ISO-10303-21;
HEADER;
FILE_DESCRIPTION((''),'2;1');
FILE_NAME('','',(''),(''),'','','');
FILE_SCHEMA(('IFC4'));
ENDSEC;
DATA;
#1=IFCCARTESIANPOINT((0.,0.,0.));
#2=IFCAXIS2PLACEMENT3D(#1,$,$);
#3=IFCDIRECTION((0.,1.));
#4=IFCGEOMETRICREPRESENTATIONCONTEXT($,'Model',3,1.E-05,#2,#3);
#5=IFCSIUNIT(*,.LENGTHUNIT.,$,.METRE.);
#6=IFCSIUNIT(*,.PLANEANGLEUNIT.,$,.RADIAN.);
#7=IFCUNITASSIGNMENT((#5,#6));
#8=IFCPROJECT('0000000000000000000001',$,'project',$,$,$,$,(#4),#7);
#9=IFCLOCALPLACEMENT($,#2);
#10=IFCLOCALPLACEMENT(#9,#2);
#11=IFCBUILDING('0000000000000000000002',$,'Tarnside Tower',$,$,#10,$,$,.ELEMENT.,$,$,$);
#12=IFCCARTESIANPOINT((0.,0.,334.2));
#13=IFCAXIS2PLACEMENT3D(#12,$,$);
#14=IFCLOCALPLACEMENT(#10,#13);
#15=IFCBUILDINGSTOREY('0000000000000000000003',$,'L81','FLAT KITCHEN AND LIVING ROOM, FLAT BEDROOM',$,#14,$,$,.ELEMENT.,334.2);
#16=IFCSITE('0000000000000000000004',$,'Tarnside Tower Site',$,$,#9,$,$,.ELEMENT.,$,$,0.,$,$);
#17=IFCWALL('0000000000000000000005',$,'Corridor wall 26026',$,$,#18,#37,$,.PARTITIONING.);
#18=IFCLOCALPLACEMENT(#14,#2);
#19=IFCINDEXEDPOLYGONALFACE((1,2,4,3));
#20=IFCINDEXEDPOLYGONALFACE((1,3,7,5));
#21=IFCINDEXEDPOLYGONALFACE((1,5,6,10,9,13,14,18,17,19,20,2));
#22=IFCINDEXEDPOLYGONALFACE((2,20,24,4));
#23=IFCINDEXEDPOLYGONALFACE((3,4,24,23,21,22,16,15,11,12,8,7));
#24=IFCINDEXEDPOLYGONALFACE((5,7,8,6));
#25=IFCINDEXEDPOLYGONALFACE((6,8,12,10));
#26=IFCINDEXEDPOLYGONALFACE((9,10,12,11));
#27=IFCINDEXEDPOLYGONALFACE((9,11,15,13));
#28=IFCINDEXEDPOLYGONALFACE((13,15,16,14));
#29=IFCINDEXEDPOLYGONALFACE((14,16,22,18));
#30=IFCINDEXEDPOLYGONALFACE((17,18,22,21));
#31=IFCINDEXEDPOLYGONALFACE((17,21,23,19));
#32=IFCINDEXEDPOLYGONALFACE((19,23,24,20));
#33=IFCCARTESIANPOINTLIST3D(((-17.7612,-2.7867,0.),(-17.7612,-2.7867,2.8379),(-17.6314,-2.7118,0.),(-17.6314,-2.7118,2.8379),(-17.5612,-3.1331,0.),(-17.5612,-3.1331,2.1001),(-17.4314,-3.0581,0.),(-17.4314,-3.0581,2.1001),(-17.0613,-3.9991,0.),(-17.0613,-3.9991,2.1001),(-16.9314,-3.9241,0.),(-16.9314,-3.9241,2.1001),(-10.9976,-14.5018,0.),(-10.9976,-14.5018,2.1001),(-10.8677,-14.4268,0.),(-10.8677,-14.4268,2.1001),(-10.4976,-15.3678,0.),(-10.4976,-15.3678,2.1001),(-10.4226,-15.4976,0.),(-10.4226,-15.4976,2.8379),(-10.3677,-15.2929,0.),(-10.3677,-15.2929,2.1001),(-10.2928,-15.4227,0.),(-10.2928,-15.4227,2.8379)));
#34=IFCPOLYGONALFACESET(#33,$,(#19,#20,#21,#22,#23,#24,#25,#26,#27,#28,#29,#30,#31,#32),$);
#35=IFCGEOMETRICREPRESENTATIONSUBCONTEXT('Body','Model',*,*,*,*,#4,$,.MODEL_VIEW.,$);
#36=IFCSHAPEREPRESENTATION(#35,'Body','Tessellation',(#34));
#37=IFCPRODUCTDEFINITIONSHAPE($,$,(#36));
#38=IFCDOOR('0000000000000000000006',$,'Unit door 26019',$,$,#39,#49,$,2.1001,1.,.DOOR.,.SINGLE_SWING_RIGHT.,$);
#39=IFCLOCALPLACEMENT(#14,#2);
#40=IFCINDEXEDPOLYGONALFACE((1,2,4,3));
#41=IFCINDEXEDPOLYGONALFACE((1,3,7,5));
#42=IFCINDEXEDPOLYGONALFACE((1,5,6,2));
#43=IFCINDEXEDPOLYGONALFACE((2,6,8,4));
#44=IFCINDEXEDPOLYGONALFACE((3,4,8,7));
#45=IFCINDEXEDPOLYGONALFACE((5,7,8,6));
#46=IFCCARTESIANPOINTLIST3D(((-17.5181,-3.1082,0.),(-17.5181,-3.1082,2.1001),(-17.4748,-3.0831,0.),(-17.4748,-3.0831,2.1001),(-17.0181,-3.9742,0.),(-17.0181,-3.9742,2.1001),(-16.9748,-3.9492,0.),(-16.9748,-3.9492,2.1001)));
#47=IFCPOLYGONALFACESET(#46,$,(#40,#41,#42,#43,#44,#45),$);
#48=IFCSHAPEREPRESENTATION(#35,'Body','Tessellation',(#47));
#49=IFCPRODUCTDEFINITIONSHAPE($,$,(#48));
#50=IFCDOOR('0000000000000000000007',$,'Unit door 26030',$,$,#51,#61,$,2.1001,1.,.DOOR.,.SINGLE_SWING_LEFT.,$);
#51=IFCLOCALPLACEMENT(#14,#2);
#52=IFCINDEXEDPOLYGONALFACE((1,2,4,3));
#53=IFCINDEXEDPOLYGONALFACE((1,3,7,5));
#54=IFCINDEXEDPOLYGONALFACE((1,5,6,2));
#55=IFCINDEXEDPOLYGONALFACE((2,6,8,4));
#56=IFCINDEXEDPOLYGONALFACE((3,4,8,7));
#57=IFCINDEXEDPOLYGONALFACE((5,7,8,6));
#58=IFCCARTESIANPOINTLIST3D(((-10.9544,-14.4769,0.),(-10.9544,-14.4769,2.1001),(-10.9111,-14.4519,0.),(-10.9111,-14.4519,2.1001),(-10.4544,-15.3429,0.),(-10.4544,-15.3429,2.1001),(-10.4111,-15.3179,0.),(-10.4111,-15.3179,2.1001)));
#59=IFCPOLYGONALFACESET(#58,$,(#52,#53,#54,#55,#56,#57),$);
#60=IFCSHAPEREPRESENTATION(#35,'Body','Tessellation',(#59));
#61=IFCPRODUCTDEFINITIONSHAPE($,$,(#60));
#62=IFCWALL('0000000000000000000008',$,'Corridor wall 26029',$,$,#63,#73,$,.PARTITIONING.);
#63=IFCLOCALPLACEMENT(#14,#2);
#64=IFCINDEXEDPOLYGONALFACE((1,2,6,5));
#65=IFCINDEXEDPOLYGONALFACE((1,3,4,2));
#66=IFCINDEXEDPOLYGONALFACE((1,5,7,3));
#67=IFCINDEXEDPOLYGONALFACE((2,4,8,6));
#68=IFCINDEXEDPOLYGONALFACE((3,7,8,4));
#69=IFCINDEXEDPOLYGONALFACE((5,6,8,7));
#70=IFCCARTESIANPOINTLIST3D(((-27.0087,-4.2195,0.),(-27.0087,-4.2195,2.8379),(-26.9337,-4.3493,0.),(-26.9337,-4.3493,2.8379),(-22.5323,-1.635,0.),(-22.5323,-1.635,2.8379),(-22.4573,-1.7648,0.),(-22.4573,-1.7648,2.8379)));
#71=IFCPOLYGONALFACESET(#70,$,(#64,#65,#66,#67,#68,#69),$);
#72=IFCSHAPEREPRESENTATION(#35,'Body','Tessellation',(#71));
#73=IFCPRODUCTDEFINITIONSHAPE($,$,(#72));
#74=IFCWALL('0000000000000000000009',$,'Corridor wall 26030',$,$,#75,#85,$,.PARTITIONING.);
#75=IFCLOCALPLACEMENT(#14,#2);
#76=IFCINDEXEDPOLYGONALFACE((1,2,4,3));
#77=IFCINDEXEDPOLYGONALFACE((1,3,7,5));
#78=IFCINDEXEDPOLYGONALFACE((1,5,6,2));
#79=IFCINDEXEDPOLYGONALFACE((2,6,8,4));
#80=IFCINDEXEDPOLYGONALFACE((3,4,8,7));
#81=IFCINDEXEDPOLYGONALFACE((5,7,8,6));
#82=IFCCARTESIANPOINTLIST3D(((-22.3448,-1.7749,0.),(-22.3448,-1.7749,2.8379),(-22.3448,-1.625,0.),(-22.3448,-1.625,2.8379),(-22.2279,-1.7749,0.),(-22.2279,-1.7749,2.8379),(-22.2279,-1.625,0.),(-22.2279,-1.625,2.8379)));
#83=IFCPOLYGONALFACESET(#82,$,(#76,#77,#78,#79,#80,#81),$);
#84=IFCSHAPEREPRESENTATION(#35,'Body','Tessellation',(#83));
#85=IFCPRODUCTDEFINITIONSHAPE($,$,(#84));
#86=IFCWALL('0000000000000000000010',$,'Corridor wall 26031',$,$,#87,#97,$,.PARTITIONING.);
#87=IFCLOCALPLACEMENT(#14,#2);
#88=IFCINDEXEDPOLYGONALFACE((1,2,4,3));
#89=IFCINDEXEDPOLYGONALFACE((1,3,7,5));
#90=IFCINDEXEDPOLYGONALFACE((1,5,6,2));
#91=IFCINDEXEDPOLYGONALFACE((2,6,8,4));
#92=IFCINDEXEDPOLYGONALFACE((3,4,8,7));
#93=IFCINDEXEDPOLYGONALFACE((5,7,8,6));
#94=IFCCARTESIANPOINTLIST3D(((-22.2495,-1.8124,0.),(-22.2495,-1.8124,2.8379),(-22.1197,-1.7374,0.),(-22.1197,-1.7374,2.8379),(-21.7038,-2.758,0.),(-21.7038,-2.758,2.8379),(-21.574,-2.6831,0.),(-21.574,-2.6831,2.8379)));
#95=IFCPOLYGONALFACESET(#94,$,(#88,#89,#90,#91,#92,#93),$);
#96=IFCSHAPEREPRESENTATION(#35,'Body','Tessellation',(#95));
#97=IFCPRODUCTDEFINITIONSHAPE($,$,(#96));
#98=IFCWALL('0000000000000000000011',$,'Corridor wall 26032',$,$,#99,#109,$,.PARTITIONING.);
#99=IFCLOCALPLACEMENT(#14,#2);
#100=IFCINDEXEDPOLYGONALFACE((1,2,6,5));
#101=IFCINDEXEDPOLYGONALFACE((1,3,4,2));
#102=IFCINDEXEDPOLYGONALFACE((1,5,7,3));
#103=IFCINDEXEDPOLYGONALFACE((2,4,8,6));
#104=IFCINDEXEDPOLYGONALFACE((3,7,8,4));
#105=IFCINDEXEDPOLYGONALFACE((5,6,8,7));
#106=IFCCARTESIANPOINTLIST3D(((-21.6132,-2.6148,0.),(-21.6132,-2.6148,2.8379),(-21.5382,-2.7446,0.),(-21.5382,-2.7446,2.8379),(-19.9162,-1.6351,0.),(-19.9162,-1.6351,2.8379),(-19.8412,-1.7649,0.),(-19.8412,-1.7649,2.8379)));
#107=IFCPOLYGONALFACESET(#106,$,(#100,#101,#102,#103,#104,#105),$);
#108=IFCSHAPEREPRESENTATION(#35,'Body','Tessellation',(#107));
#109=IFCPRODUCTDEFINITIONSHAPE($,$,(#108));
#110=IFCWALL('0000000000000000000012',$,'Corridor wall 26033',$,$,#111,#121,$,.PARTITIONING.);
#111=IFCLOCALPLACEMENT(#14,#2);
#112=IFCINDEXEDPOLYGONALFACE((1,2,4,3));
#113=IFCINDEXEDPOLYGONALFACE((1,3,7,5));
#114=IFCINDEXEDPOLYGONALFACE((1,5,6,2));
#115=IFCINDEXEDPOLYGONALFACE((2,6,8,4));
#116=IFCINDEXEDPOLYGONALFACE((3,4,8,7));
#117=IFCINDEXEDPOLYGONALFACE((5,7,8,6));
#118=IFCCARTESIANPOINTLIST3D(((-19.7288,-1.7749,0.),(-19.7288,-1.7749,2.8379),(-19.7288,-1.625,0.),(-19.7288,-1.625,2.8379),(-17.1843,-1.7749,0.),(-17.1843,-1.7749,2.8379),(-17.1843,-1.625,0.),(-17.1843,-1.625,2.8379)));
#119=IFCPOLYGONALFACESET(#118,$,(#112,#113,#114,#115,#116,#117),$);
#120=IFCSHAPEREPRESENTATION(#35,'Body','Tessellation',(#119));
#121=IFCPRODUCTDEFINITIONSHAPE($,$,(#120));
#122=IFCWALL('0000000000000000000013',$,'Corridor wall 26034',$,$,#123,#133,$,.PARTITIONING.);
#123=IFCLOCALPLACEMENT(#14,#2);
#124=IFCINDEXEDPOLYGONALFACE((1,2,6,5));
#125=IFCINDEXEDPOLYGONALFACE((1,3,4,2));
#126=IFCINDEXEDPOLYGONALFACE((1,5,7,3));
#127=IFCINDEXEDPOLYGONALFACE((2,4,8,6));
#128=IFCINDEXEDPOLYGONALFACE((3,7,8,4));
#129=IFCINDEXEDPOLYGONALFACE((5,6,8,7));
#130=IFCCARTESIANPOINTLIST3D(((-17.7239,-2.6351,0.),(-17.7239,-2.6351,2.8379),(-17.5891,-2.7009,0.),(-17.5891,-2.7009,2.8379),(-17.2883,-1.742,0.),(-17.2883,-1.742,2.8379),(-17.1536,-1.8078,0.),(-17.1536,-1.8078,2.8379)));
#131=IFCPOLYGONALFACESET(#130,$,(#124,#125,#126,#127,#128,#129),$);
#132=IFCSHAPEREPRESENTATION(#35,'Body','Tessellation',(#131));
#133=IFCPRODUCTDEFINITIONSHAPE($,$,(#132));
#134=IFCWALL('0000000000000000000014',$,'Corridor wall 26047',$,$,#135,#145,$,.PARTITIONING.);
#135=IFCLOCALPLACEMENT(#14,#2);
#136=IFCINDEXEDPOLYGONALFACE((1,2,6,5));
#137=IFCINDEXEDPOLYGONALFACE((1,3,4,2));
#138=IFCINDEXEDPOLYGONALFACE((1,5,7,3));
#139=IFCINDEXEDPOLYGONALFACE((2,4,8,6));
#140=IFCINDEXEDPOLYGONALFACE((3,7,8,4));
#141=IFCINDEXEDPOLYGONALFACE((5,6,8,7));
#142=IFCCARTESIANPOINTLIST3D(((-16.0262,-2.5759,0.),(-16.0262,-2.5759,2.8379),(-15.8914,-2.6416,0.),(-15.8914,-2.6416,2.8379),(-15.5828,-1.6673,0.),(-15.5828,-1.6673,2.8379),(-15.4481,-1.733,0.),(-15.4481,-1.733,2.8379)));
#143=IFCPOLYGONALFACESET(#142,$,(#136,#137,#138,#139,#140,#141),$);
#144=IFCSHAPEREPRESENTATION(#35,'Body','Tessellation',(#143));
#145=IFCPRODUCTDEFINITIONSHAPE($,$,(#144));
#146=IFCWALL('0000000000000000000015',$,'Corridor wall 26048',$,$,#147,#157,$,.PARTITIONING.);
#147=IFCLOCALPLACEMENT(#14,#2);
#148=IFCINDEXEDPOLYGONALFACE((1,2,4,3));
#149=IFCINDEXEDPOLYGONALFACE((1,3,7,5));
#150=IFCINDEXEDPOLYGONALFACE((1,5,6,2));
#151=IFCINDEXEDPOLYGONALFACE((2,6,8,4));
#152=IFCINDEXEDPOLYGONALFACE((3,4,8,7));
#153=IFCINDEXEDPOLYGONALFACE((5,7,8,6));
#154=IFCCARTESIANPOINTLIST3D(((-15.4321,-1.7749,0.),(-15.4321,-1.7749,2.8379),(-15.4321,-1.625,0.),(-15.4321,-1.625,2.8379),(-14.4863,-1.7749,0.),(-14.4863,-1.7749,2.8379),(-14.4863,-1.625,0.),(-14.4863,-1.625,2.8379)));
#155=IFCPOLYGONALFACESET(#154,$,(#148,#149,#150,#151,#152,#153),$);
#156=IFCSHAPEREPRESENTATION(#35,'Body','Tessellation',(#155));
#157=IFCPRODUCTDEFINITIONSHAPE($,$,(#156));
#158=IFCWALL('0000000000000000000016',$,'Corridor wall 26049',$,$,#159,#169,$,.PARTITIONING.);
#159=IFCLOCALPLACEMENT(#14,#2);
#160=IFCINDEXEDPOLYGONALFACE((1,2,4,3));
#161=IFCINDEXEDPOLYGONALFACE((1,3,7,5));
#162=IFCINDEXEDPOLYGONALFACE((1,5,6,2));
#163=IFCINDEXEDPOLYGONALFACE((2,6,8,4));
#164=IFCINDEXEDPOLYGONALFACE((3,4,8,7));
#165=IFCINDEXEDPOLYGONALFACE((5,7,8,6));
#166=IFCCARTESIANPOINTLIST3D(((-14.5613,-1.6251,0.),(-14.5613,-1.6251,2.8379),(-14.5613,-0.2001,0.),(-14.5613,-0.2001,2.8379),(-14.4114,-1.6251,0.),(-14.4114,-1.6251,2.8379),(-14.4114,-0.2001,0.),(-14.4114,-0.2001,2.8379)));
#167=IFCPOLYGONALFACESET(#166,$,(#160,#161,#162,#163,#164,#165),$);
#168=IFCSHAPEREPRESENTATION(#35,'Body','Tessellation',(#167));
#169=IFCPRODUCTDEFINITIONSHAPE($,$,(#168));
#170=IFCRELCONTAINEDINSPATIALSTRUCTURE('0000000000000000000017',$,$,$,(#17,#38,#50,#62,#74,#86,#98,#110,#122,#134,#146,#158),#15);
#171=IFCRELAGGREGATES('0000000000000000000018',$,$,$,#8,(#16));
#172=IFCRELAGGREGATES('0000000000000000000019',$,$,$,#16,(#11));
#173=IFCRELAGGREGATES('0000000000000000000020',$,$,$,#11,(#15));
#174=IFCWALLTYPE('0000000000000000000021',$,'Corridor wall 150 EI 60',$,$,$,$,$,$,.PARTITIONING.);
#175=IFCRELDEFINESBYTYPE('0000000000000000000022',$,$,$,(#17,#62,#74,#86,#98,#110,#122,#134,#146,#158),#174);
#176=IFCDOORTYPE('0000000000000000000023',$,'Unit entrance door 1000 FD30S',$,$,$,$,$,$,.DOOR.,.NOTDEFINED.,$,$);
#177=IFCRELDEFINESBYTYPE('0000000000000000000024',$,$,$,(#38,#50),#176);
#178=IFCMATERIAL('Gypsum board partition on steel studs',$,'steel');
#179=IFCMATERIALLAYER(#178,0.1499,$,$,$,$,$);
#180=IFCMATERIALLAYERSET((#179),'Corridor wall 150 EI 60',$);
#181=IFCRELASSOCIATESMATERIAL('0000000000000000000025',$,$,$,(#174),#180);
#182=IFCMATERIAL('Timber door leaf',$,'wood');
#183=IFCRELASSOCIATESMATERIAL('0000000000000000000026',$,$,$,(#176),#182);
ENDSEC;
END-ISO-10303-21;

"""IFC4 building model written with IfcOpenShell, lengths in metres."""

from ifc_helpers import new_model, si_unit, direction, frame, frame_2d, origin, place, context, subcontext, project, spatial, rectangle, extrude, material, layer, layer_set, type_object, element, fill, save


model = new_model("IFC4")

# Units and contexts
model_context = context("Model", 3, precision=1e-05, world=origin(), true_north=direction((0.0, 1.0)))
body_context = subcontext(model_context, "Body", "Model", "MODEL_VIEW")
ifc_project = project(units=[si_unit("LENGTHUNIT", "METRE"), si_unit("PLANEANGLEUNIT", "RADIAN")], contexts=[model_context])

# Site, building, storey
site_placement = place(None, origin())
site = spatial("IfcSite", under=ifc_project, at=site_placement, Name="Tarnside Tower Site", CompositionType="ELEMENT", RefElevation=0.0)
building_placement = place(site_placement, origin())
building = spatial("IfcBuilding", under=site, at=building_placement, Name="Tarnside Tower", CompositionType="ELEMENT")
storey_placement = place(building_placement, frame((0.0, 0.0, 334.2)))
storey = spatial("IfcBuildingStorey", under=building, at=storey_placement, Name="L81", Description="FLAT KITCHEN AND LIVING ROOM, FLAT BEDROOM", CompositionType="ELEMENT", Elevation=334.2)

# Shared definitions
ifc_material_1 = material(Name="Gypsum board partition on steel studs", Category="steel")
ifc_material_2 = material(Name="Timber door leaf", Category="wood")

# Wall, openings, doors
ifc_layer_1 = layer(ifc_material_1, 0.1499)
ifc_layer_set_1 = layer_set([ifc_layer_1], Name="Corridor wall 150 EI 60")
wall_type_1 = type_object("IfcWallType", Name="Corridor wall 150 EI 60", PredefinedType="PARTITIONING", material=ifc_layer_set_1)
wall_1_placement = place(storey_placement, frame((-17.6963, -2.7493, 0.0), z_axis=(0.0, 0.0, 1.0), x_axis=(0.499998, -0.866027, 0.0)))
wall_1 = element("IfcWall", 1, at=wall_1_placement, inside=storey, type_object=wall_type_1, Name="Corridor wall 26026", PredefinedType="PARTITIONING", context=body_context, shape_type="SweptSolid", body=[
    extrude(rectangle(XDim=14.6772, YDim=0.1499, at=frame_2d((7.3386, 0.0))), origin(), (0.0, 0.0, 1.0), 2.8379),
])
opening_1_placement = place(wall_1_placement, frame((0.3999, 0.0, 0.0)))
opening_1 = element("IfcOpeningElement", 2, at=opening_1_placement, cuts=wall_1, PredefinedType="OPENING", context=body_context, shape_type="SweptSolid", body=[
    extrude(rectangle(XDim=1.0, YDim=2.1001, at=frame_2d((0.5, 1.05))), frame((0.0, 0.085, 0.0), z_axis=(0.0, -1.0, 0.0), x_axis=(1.0, 0.0, 0.0)), (0.0, 0.0, 1.0), 0.1699),
])
opening_2_placement = place(wall_1_placement, frame((13.5273, 0.0, 0.0)))
opening_2 = element("IfcOpeningElement", 3, at=opening_2_placement, cuts=wall_1, PredefinedType="OPENING", context=body_context, shape_type="SweptSolid", body=[
    extrude(rectangle(XDim=1.0, YDim=2.1001, at=frame_2d((0.5, 1.05))), frame((0.0, 0.085, 0.0), z_axis=(0.0, -1.0, 0.0), x_axis=(1.0, 0.0, 0.0)), (0.0, 0.0, 1.0), 0.1699),
])
door_type_1 = type_object("IfcDoorType", Name="Unit entrance door 1000 FD30S", OperationType="NOTDEFINED", PredefinedType="DOOR", material=ifc_material_2)
door_1_placement = place(opening_1_placement, origin())
door_1 = element("IfcDoor", 4, at=door_1_placement, inside=storey, type_object=door_type_1, Name="Unit door 26019", OperationType="SINGLE_SWING_RIGHT", OverallHeight=2.1001, OverallWidth=1.0, PredefinedType="DOOR", context=body_context, shape_type="SweptSolid", body=[
    extrude(rectangle(XDim=1.0, YDim=2.1001, at=frame_2d((0.5, 1.05))), frame((0.0, 0.0249, 0.0), z_axis=(0.0, -1.0, 0.0), x_axis=(1.0, 0.0, 0.0)), (0.0, 0.0, 1.0), 0.05),
])
fill(opening_1, door_1)
door_2_placement = place(opening_2_placement, origin())
door_2 = element("IfcDoor", 5, at=door_2_placement, inside=storey, type_object=door_type_1, Name="Unit door 26030", OperationType="SINGLE_SWING_LEFT", OverallHeight=2.1001, OverallWidth=1.0, PredefinedType="DOOR", context=body_context, shape_type="SweptSolid", body=[
    extrude(rectangle(XDim=1.0, YDim=2.1001, at=frame_2d((0.5, 1.05))), frame((0.0, 0.0249, 0.0), z_axis=(0.0, -1.0, 0.0), x_axis=(1.0, 0.0, 0.0)), (0.0, 0.0, 1.0), 0.05),
])
fill(opening_2, door_2)

# Walls
wall_2_placement = place(storey_placement, frame((-26.9712, -4.2844, 0.0), z_axis=(0.0, 0.0, 1.0), x_axis=(0.86602, 0.50001, 0.0)))
element("IfcWall", 6, at=wall_2_placement, inside=storey, type_object=wall_type_1, Name="Corridor wall 26029", PredefinedType="PARTITIONING", context=body_context, shape_type="SweptSolid", body=[
    extrude(rectangle(XDim=5.1689, YDim=0.1499, at=frame_2d((2.5845, 0.0))), origin(), (0.0, 0.0, 1.0), 2.8379),
])
wall_3_placement = place(storey_placement, frame((-22.345, -1.7, 0.0), z_axis=(0.0, 0.0, 1.0), x_axis=(1.0, 0.0, 0.0)))
element("IfcWall", 7, at=wall_3_placement, inside=storey, type_object=wall_type_1, Name="Corridor wall 26030", PredefinedType="PARTITIONING", context=body_context, shape_type="SweptSolid", body=[
    extrude(rectangle(XDim=0.1169, YDim=0.1499, at=frame_2d((0.0586, 0.0))), origin(), (0.0, 0.0, 1.0), 2.8379),
])
wall_4_placement = place(storey_placement, frame((-22.1846, -1.7749, 0.0), z_axis=(0.0, 0.0, 1.0), x_axis=(0.499819, -0.86613, 0.0)))
element("IfcWall", 8, at=wall_4_placement, inside=storey, type_object=wall_type_1, Name="Corridor wall 26031", PredefinedType="PARTITIONING", context=body_context, shape_type="SweptSolid", body=[
    extrude(rectangle(XDim=1.0918, YDim=0.1499, at=frame_2d((0.5459, 0.0))), origin(), (0.0, 0.0, 1.0), 2.8379),
])
wall_5_placement = place(storey_placement, frame((-21.5757, -2.6797, 0.0), z_axis=(0.0, 0.0, 1.0), x_axis=(0.866034, 0.499985, 0.0)))
element("IfcWall", 9, at=wall_5_placement, inside=storey, type_object=wall_type_1, Name="Corridor wall 26032", PredefinedType="PARTITIONING", context=body_context, shape_type="SweptSolid", body=[
    extrude(rectangle(XDim=1.9595, YDim=0.1499, at=frame_2d((0.9797, 0.0))), origin(), (0.0, 0.0, 1.0), 2.8379),
])
wall_6_placement = place(storey_placement, frame((-19.7288, -1.7, 0.0), z_axis=(0.0, 0.0, 1.0), x_axis=(1.0, 0.0, 0.0)))
element("IfcWall", 10, at=wall_6_placement, inside=storey, type_object=wall_type_1, Name="Corridor wall 26033", PredefinedType="PARTITIONING", context=body_context, shape_type="SweptSolid", body=[
    extrude(rectangle(XDim=2.5444, YDim=0.1499, at=frame_2d((1.2722, 0.0))), origin(), (0.0, 0.0, 1.0), 2.8379),
])
wall_7_placement = place(storey_placement, frame((-17.2209, -1.7749, 0.0), z_axis=(0.0, 0.0, 1.0), x_axis=(-0.438346, -0.898806, 0.0)))
element("IfcWall", 11, at=wall_7_placement, inside=storey, type_object=wall_type_1, Name="Corridor wall 26034", PredefinedType="PARTITIONING", context=body_context, shape_type="SweptSolid", body=[
    extrude(rectangle(XDim=0.9937, YDim=0.1499, at=frame_2d((0.4968, 0.0))), origin(), (0.0, 0.0, 1.0), 2.8379),
])
wall_8_placement = place(storey_placement, frame((-15.9587, -2.6086, 0.0), z_axis=(0.0, 0.0, 1.0), x_axis=(0.4385, 0.898731, 0.0)))
element("IfcWall", 12, at=wall_8_placement, inside=storey, type_object=wall_type_1, Name="Corridor wall 26047", PredefinedType="PARTITIONING", context=body_context, shape_type="SweptSolid", body=[
    extrude(rectangle(XDim=1.011, YDim=0.1499, at=frame_2d((0.5054, 0.0))), origin(), (0.0, 0.0, 1.0), 2.8379),
])
wall_9_placement = place(storey_placement, frame((-15.4321, -1.7, 0.0), z_axis=(0.0, 0.0, 1.0), x_axis=(1.0, 0.0, 0.0)))
element("IfcWall", 13, at=wall_9_placement, inside=storey, type_object=wall_type_1, Name="Corridor wall 26048", PredefinedType="PARTITIONING", context=body_context, shape_type="SweptSolid", body=[
    extrude(rectangle(XDim=0.9458, YDim=0.1499, at=frame_2d((0.4729, 0.0))), origin(), (0.0, 0.0, 1.0), 2.8379),
])
wall_10_placement = place(storey_placement, frame((-14.4863, -1.625, 0.0), z_axis=(0.0, 0.0, 1.0), x_axis=(0.0, 1.0, 0.0)))
element("IfcWall", 14, at=wall_10_placement, inside=storey, type_object=wall_type_1, Name="Corridor wall 26049", PredefinedType="PARTITIONING", context=body_context, shape_type="SweptSolid", body=[
    extrude(rectangle(XDim=1.425, YDim=0.1499, at=frame_2d((0.7124, 0.0))), origin(), (0.0, 0.0, 1.0), 2.8379),
])

save(model, "model.ifc")
